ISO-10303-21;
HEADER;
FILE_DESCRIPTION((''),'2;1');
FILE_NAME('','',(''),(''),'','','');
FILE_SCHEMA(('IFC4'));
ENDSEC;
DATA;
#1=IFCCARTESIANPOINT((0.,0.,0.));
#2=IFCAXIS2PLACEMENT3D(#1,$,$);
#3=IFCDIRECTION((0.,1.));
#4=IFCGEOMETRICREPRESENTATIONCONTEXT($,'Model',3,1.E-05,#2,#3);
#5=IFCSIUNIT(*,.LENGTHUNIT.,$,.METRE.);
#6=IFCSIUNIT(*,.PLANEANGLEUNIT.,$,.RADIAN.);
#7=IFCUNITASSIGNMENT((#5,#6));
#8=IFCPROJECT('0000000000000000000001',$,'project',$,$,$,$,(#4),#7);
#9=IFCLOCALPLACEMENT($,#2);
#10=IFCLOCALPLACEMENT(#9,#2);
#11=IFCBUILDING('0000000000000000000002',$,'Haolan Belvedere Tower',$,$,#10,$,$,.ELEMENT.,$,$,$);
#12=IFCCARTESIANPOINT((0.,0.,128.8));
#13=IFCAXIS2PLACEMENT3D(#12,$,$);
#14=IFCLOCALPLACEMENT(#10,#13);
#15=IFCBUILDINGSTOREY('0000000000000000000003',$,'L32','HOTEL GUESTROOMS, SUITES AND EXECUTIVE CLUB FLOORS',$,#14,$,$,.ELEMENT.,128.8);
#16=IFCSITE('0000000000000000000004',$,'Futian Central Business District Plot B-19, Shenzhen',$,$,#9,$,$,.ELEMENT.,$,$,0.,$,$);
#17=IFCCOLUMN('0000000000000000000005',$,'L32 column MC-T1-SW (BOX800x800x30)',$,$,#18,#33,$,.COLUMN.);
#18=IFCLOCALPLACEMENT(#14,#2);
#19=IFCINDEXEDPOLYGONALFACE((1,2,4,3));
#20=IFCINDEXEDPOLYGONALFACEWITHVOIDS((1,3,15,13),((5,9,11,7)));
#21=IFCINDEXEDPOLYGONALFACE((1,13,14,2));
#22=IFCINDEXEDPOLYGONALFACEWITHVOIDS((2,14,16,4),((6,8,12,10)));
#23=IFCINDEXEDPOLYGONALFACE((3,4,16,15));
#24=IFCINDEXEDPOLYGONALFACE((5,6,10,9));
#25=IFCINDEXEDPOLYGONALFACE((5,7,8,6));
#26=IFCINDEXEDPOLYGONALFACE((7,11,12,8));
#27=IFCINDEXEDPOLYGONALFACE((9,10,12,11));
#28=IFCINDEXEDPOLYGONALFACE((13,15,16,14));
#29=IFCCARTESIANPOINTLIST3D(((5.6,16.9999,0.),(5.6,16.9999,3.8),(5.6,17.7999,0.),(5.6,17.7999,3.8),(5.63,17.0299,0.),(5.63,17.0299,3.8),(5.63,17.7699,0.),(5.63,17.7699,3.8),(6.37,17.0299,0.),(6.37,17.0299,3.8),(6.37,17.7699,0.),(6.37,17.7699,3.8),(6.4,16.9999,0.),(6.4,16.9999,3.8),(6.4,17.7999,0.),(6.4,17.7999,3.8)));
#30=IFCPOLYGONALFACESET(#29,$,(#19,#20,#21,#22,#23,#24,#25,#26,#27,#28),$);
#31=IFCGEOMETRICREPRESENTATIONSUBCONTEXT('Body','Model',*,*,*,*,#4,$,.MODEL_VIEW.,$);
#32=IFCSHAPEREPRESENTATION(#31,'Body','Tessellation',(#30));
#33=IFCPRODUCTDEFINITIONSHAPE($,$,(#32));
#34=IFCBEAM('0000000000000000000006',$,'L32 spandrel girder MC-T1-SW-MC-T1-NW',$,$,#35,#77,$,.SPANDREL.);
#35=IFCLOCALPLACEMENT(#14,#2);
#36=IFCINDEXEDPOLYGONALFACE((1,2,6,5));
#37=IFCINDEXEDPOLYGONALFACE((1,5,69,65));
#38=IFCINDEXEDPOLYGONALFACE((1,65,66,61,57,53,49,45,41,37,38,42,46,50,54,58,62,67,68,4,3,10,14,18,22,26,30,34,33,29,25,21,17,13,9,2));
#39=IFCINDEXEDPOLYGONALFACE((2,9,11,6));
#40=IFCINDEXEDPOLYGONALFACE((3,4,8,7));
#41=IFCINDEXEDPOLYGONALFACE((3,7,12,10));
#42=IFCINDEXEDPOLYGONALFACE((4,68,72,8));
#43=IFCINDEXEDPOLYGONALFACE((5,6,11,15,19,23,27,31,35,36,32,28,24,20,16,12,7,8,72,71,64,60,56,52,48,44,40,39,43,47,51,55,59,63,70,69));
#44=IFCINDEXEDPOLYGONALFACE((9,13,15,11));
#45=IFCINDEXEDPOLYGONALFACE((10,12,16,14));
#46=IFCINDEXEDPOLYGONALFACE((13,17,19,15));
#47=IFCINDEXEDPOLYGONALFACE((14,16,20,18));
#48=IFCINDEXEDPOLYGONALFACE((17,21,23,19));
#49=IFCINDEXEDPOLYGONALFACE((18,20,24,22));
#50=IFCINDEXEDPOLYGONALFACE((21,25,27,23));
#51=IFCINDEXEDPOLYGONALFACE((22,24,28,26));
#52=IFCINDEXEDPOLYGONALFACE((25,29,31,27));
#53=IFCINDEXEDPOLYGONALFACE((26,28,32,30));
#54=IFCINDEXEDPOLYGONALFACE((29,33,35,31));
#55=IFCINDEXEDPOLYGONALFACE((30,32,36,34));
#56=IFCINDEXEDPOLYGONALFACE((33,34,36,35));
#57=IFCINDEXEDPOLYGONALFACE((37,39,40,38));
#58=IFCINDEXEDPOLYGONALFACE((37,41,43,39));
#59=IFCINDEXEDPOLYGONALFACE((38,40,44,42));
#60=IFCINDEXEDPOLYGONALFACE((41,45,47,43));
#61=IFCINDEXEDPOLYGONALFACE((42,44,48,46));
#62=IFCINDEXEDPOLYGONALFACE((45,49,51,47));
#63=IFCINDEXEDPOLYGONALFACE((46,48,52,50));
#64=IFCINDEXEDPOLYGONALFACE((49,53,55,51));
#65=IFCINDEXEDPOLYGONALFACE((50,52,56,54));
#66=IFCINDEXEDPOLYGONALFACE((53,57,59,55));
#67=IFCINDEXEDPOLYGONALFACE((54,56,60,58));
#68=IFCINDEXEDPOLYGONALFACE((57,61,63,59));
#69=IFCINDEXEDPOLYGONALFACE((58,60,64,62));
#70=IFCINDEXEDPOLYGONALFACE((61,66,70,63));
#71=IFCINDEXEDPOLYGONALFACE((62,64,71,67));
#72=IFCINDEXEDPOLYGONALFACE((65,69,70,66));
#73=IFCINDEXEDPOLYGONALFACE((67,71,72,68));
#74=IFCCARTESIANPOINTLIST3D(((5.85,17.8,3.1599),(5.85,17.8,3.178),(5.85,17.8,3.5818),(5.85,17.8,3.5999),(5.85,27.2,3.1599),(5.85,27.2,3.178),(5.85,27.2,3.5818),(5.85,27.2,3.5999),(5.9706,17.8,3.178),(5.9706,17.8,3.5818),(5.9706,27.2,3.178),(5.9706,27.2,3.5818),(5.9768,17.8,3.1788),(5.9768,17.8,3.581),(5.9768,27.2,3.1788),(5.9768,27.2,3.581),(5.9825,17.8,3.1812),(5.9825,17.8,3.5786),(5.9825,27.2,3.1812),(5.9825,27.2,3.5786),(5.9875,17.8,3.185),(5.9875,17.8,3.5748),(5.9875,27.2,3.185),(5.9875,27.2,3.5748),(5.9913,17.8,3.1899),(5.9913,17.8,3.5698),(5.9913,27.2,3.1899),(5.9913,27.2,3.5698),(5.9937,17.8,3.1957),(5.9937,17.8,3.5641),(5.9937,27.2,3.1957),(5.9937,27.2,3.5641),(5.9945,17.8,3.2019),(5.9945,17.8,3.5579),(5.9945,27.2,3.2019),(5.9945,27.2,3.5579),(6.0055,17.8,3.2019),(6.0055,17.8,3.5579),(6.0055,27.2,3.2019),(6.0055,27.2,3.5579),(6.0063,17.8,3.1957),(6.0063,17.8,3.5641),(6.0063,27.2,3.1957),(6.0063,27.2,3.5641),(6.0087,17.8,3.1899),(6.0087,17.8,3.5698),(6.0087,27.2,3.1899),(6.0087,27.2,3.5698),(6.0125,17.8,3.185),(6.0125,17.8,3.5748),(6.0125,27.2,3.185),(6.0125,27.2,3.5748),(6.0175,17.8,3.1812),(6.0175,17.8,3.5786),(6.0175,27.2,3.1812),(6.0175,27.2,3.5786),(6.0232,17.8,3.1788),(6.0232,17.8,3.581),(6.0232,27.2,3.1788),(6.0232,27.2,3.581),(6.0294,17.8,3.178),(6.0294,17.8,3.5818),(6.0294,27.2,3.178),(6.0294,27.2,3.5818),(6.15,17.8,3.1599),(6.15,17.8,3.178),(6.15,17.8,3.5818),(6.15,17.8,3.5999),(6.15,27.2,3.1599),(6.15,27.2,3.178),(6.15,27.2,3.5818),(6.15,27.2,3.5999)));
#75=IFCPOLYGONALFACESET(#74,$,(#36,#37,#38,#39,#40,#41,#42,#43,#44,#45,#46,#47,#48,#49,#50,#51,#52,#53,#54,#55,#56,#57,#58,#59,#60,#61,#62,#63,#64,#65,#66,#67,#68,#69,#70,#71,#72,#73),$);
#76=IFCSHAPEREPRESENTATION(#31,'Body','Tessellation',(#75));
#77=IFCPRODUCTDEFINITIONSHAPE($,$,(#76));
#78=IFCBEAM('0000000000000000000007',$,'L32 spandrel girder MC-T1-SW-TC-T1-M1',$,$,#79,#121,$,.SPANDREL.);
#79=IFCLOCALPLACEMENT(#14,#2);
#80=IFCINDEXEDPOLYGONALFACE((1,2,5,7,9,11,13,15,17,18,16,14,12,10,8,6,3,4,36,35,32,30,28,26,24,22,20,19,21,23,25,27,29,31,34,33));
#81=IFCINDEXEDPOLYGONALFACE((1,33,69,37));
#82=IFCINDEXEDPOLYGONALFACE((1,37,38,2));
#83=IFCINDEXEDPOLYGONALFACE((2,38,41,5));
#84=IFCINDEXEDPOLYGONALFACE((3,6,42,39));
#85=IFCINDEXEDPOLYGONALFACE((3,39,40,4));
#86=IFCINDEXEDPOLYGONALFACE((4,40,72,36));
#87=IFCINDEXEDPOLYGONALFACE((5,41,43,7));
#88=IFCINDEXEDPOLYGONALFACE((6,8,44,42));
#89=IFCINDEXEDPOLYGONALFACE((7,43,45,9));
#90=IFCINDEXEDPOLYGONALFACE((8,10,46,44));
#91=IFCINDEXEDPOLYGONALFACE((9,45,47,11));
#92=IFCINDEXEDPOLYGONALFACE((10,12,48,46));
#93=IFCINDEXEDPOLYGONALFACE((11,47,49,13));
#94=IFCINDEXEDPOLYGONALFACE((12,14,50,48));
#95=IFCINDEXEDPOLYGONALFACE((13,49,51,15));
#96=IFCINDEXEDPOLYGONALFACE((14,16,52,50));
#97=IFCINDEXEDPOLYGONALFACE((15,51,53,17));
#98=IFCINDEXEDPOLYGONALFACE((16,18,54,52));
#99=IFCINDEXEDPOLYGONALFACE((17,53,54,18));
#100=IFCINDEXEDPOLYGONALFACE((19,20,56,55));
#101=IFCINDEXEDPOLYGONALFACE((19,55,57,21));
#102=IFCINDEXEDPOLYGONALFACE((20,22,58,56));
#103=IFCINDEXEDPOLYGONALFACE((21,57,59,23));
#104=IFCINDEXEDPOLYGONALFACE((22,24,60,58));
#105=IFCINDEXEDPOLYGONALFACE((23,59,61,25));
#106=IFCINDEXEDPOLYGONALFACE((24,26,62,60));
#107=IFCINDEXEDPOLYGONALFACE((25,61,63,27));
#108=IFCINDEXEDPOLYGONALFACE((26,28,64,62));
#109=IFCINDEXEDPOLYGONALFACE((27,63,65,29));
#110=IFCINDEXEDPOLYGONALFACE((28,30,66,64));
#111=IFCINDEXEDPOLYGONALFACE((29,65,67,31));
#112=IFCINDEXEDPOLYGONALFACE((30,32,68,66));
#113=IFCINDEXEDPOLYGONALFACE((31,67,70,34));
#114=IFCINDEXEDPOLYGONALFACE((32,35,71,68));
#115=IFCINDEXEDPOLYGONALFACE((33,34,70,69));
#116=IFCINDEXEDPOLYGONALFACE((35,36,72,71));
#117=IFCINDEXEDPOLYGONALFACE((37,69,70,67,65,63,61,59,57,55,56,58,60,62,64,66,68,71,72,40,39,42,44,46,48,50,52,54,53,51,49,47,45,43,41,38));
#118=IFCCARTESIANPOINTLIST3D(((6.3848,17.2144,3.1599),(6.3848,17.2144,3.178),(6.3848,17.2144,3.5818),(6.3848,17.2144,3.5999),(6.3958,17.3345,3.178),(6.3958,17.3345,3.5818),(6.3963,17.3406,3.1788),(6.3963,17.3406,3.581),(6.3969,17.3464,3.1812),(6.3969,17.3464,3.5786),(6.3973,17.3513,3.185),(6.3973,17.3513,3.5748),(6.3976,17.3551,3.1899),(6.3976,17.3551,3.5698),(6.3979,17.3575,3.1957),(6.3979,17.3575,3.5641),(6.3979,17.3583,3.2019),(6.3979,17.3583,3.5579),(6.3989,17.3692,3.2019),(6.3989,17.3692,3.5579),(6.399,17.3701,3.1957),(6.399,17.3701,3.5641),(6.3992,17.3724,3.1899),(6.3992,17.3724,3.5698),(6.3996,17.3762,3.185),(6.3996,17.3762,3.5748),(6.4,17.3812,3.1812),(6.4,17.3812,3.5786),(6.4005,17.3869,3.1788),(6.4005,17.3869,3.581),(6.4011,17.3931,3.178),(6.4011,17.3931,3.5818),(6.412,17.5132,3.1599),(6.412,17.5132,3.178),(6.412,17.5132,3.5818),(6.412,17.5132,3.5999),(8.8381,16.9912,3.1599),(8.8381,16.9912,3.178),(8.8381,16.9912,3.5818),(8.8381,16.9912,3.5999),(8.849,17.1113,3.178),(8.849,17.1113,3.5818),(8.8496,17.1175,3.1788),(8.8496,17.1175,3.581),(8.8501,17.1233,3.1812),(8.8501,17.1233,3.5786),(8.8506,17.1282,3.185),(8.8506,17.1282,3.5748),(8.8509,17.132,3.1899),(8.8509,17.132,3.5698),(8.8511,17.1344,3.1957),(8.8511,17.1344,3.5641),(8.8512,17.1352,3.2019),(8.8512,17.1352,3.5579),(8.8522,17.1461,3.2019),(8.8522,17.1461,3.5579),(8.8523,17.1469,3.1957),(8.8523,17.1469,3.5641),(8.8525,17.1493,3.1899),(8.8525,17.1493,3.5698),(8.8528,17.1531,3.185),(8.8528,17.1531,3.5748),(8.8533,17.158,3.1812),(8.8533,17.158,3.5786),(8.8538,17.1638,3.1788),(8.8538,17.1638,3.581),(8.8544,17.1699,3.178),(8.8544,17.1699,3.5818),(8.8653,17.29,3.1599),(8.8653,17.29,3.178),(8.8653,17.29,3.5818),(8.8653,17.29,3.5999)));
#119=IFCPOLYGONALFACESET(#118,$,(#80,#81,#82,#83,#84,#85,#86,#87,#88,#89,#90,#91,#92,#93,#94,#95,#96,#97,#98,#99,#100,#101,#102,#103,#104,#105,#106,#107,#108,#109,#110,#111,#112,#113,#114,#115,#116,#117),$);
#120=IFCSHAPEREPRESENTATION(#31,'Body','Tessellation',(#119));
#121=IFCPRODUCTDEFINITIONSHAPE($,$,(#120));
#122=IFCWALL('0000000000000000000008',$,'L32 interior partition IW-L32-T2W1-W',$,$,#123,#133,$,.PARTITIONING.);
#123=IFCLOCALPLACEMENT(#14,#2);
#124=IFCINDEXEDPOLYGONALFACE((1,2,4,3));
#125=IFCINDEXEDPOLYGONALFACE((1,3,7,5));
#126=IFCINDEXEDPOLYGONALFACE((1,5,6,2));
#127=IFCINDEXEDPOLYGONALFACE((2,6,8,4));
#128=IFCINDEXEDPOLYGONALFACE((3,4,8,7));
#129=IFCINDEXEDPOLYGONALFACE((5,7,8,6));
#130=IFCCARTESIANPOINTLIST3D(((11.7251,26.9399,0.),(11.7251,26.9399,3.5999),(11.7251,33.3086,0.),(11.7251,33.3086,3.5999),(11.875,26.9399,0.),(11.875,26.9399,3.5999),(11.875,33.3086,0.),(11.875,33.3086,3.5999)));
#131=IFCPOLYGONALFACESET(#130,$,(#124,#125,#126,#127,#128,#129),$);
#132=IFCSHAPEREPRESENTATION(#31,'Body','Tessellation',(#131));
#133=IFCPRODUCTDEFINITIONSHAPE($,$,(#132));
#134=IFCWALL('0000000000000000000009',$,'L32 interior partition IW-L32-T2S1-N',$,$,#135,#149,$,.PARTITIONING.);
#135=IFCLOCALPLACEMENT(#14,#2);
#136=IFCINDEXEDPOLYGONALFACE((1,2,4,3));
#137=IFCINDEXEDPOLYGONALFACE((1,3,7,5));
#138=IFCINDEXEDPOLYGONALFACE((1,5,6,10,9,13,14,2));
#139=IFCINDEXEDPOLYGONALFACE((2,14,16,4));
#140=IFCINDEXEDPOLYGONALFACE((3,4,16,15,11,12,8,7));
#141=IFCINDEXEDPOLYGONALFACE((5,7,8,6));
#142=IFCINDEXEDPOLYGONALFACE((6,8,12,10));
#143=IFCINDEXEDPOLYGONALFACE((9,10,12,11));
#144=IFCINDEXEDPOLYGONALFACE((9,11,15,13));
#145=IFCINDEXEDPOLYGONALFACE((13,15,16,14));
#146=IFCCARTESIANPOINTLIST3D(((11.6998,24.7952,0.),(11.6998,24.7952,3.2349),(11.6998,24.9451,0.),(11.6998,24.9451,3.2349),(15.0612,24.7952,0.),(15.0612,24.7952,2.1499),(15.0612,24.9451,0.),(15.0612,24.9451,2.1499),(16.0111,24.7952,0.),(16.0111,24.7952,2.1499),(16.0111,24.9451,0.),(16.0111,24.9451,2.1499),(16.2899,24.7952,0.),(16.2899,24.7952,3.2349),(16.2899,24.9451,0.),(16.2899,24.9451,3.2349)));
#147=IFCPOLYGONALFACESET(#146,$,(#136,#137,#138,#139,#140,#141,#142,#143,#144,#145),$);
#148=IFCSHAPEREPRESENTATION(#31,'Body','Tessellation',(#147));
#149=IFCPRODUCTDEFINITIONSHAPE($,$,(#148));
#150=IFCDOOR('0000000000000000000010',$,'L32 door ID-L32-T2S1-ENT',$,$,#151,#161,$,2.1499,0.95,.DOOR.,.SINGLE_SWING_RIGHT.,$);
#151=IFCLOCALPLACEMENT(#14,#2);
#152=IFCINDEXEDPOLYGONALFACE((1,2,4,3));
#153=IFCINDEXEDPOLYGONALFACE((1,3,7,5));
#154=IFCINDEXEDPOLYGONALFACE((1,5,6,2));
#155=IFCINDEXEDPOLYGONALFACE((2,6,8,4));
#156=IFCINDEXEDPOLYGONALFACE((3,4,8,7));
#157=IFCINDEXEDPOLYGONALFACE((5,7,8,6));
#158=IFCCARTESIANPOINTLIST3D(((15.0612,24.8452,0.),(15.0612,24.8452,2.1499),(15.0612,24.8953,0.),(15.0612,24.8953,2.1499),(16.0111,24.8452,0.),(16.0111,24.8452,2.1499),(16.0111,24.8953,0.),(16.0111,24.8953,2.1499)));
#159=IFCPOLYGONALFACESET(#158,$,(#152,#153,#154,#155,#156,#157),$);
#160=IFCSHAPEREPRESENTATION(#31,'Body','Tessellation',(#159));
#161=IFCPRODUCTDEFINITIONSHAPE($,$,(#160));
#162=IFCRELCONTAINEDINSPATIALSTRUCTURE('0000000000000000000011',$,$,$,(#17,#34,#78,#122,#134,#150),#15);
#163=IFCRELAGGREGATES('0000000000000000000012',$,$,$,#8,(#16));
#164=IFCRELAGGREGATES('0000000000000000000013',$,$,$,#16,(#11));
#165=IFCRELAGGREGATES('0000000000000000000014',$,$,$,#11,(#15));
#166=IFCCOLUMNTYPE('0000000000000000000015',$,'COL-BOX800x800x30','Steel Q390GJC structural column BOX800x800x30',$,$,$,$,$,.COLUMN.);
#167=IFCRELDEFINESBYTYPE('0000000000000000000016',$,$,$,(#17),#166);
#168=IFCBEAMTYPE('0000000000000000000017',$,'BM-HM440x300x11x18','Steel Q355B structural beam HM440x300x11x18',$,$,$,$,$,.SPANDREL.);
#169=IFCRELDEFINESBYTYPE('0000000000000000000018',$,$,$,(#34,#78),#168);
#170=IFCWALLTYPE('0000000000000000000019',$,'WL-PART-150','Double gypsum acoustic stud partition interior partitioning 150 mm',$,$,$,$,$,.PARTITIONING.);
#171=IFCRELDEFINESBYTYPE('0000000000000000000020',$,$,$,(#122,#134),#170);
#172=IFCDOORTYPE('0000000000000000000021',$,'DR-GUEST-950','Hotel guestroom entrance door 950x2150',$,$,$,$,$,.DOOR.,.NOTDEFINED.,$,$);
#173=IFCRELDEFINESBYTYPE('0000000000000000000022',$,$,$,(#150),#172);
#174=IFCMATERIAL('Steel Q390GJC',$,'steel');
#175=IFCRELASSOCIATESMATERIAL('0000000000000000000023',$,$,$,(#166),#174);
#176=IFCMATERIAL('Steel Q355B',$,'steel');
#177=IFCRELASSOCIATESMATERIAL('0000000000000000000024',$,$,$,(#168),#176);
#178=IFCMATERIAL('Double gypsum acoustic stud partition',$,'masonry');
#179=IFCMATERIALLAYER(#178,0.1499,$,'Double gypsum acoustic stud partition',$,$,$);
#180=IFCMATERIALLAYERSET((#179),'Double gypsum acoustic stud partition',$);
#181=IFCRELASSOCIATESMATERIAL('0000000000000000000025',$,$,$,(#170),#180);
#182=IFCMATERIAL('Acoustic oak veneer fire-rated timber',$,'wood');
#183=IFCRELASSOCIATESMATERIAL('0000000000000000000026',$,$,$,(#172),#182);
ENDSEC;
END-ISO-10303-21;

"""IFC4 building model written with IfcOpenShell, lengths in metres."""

from ifc_helpers import new_model, si_unit, direction, frame, frame_2d, origin, origin_2d, place, context, subcontext, project, spatial, rectangle, hollow_rectangle, i_section, extrude, material, layer, layer_set, material_profile, profile_set, type_object, element, fill, save


model = new_model("IFC4")

# Units and contexts
model_context = context("Model", 3, precision=1e-05, world=origin(), true_north=direction((0.0, 1.0)))
body_context = subcontext(model_context, "Body", "Model", "MODEL_VIEW")
ifc_project = project(units=[si_unit("LENGTHUNIT", "METRE"), si_unit("PLANEANGLEUNIT", "RADIAN")], contexts=[model_context])

# Site, building, storey
site_placement = place(None, origin())
site = spatial("IfcSite", under=ifc_project, at=site_placement, Name="Futian Central Business District Plot B-19, Shenzhen", CompositionType="ELEMENT", RefElevation=0.0)
building_placement = place(site_placement, origin())
building = spatial("IfcBuilding", under=site, at=building_placement, Name="Haolan Belvedere Tower", CompositionType="ELEMENT")
storey_placement = place(building_placement, frame((0.0, 0.0, 128.8)))
storey = spatial("IfcBuildingStorey", under=building, at=storey_placement, Name="L32", Description="HOTEL GUESTROOMS, SUITES AND EXECUTIVE CLUB FLOORS", CompositionType="ELEMENT", Elevation=128.8)

# Column
ifc_material_1 = material(Name="Steel Q390GJC", Category="steel")
ifc_material_profile_1 = material_profile(ifc_material_1, hollow_rectangle(XDim=0.8, YDim=0.8, WallThickness=0.03, at=origin_2d()), Name="Steel Q390GJC")
ifc_profile_set_1 = profile_set([ifc_material_profile_1], Name="Steel Q390GJC")
column_type = type_object("IfcColumnType", Name="COL-BOX800x800x30", Description="Steel Q390GJC structural column BOX800x800x30", PredefinedType="COLUMN", material=ifc_profile_set_1)
column_placement = place(storey_placement, frame((6.0, 17.3999, 0.0), z_axis=(0.0, 0.0, 1.0), x_axis=(1.0, 0.0, 0.0)))
element("IfcColumn", 1, at=column_placement, inside=storey, type_object=column_type, Name="L32 column MC-T1-SW (BOX800x800x30)", PredefinedType="COLUMN", context=body_context, shape_type="SweptSolid", body=[
    extrude(hollow_rectangle(XDim=0.8, YDim=0.8, WallThickness=0.03, at=origin_2d()), origin(), (0.0, 0.0, 1.0), 3.8),
])

# Beams
ifc_material_2 = material(Name="Steel Q355B", Category="steel")
ifc_material_profile_2 = material_profile(ifc_material_2, i_section(OverallWidth=0.3, OverallDepth=0.4399, WebThickness=0.011, FlangeThickness=0.0181, FilletRadius=0.0239, at=origin_2d()), Name="Steel Q355B")
ifc_profile_set_2 = profile_set([ifc_material_profile_2], Name="Steel Q355B")
beam_type = type_object("IfcBeamType", Name="BM-HM440x300x11x18", Description="Steel Q355B structural beam HM440x300x11x18", PredefinedType="SPANDREL", material=ifc_profile_set_2)
beam_1_placement = place(storey_placement, frame((6.0, 17.8, 3.3799), z_axis=(0.0, 1.0, 0.0), x_axis=(-1.0, 0.0, 0.0)))
element("IfcBeam", 2, at=beam_1_placement, inside=storey, type_object=beam_type, Name="L32 spandrel girder MC-T1-SW-MC-T1-NW", PredefinedType="SPANDREL", context=body_context, shape_type="SweptSolid", body=[
    extrude(i_section(OverallWidth=0.3, OverallDepth=0.4399, WebThickness=0.011, FlangeThickness=0.0181, FilletRadius=0.0239, at=origin_2d()), origin(), (0.0, 0.0, 1.0), 9.3999),
])
beam_2_placement = place(storey_placement, frame((6.3984, 17.3638, 3.3799), z_axis=(0.995889, -0.09058, 0.0), x_axis=(0.09058, 0.995889, 0.0)))
element("IfcBeam", 3, at=beam_2_placement, inside=storey, type_object=beam_type, Name="L32 spandrel girder MC-T1-SW-TC-T1-M1", PredefinedType="SPANDREL", context=body_context, shape_type="SweptSolid", body=[
    extrude(i_section(OverallWidth=0.3, OverallDepth=0.4399, WebThickness=0.011, FlangeThickness=0.0181, FilletRadius=0.0239, at=origin_2d()), origin(), (0.0, 0.0, 1.0), 2.4634),
])

# Wall
ifc_material_3 = material(Name="Double gypsum acoustic stud partition", Category="masonry")
ifc_layer_1 = layer(ifc_material_3, 0.1499, Name="Double gypsum acoustic stud partition")
ifc_layer_set_1 = layer_set([ifc_layer_1], Name="Double gypsum acoustic stud partition")
wall_type_1 = type_object("IfcWallType", Name="WL-PART-150", Description="Double gypsum acoustic stud partition interior partitioning 150 mm", PredefinedType="PARTITIONING", material=ifc_layer_set_1)
wall_1_placement = place(storey_placement, frame((11.8, 26.9399, 0.0), z_axis=(0.0, 0.0, 1.0), x_axis=(0.0, 1.0, 0.0)))
element("IfcWall", 4, at=wall_1_placement, inside=storey, type_object=wall_type_1, Name="L32 interior partition IW-L32-T2W1-W", PredefinedType="PARTITIONING", context=body_context, shape_type="SweptSolid", body=[
    extrude(rectangle(XDim=6.3687, YDim=0.1499, at=frame_2d((3.1843, 0.0))), origin(), (0.0, 0.0, 1.0), 3.5999),
])

# Wall, opening, door
wall_2_placement = place(storey_placement, frame((11.7, 24.8701, 0.0), z_axis=(0.0, 0.0, 1.0), x_axis=(1.0, 0.0, 0.0)))
wall_2 = element("IfcWall", 5, at=wall_2_placement, inside=storey, type_object=wall_type_1, Name="L32 interior partition IW-L32-T2S1-N", PredefinedType="PARTITIONING", context=body_context, shape_type="SweptSolid", body=[
    extrude(rectangle(XDim=4.5901, YDim=0.1499, at=frame_2d((2.2949, 0.0))), origin(), (0.0, 0.0, 1.0), 3.2349),
])
opening_1_placement = place(wall_2_placement, frame((4.3113, 0.0, 0.0), z_axis=(0.0, 0.0, 1.0), x_axis=(-1.0, 0.0, 0.0)))
opening_1 = element("IfcOpeningElement", 6, at=opening_1_placement, cuts=wall_2, PredefinedType="OPENING", context=body_context, shape_type="SweptSolid", body=[
    extrude(rectangle(XDim=0.95, YDim=2.1499, at=frame_2d((0.4751, 1.075))), frame((0.0, 0.085, 0.0), z_axis=(0.0, -1.0, 0.0), x_axis=(1.0, 0.0, 0.0)), (0.0, 0.0, 1.0), 0.1699),
])
ifc_material_4 = material(Name="Acoustic oak veneer fire-rated timber", Category="wood")
door_type_1 = type_object("IfcDoorType", Name="DR-GUEST-950", Description="Hotel guestroom entrance door 950x2150", OperationType="NOTDEFINED", PredefinedType="DOOR", material=ifc_material_4)
door_1_placement = place(opening_1_placement, origin())
door_1 = element("IfcDoor", 7, at=door_1_placement, inside=storey, type_object=door_type_1, Name="L32 door ID-L32-T2S1-ENT", OperationType="SINGLE_SWING_RIGHT", OverallHeight=2.1499, OverallWidth=0.95, PredefinedType="DOOR", context=body_context, shape_type="SweptSolid", body=[
    extrude(rectangle(XDim=0.95, YDim=2.1499, at=frame_2d((0.4751, 1.075))), frame((0.0, 0.0249, 0.0), z_axis=(0.0, -1.0, 0.0), x_axis=(1.0, 0.0, 0.0)), (0.0, 0.0, 1.0), 0.05),
])
fill(opening_1, door_1)

save(model, "model.ifc")
